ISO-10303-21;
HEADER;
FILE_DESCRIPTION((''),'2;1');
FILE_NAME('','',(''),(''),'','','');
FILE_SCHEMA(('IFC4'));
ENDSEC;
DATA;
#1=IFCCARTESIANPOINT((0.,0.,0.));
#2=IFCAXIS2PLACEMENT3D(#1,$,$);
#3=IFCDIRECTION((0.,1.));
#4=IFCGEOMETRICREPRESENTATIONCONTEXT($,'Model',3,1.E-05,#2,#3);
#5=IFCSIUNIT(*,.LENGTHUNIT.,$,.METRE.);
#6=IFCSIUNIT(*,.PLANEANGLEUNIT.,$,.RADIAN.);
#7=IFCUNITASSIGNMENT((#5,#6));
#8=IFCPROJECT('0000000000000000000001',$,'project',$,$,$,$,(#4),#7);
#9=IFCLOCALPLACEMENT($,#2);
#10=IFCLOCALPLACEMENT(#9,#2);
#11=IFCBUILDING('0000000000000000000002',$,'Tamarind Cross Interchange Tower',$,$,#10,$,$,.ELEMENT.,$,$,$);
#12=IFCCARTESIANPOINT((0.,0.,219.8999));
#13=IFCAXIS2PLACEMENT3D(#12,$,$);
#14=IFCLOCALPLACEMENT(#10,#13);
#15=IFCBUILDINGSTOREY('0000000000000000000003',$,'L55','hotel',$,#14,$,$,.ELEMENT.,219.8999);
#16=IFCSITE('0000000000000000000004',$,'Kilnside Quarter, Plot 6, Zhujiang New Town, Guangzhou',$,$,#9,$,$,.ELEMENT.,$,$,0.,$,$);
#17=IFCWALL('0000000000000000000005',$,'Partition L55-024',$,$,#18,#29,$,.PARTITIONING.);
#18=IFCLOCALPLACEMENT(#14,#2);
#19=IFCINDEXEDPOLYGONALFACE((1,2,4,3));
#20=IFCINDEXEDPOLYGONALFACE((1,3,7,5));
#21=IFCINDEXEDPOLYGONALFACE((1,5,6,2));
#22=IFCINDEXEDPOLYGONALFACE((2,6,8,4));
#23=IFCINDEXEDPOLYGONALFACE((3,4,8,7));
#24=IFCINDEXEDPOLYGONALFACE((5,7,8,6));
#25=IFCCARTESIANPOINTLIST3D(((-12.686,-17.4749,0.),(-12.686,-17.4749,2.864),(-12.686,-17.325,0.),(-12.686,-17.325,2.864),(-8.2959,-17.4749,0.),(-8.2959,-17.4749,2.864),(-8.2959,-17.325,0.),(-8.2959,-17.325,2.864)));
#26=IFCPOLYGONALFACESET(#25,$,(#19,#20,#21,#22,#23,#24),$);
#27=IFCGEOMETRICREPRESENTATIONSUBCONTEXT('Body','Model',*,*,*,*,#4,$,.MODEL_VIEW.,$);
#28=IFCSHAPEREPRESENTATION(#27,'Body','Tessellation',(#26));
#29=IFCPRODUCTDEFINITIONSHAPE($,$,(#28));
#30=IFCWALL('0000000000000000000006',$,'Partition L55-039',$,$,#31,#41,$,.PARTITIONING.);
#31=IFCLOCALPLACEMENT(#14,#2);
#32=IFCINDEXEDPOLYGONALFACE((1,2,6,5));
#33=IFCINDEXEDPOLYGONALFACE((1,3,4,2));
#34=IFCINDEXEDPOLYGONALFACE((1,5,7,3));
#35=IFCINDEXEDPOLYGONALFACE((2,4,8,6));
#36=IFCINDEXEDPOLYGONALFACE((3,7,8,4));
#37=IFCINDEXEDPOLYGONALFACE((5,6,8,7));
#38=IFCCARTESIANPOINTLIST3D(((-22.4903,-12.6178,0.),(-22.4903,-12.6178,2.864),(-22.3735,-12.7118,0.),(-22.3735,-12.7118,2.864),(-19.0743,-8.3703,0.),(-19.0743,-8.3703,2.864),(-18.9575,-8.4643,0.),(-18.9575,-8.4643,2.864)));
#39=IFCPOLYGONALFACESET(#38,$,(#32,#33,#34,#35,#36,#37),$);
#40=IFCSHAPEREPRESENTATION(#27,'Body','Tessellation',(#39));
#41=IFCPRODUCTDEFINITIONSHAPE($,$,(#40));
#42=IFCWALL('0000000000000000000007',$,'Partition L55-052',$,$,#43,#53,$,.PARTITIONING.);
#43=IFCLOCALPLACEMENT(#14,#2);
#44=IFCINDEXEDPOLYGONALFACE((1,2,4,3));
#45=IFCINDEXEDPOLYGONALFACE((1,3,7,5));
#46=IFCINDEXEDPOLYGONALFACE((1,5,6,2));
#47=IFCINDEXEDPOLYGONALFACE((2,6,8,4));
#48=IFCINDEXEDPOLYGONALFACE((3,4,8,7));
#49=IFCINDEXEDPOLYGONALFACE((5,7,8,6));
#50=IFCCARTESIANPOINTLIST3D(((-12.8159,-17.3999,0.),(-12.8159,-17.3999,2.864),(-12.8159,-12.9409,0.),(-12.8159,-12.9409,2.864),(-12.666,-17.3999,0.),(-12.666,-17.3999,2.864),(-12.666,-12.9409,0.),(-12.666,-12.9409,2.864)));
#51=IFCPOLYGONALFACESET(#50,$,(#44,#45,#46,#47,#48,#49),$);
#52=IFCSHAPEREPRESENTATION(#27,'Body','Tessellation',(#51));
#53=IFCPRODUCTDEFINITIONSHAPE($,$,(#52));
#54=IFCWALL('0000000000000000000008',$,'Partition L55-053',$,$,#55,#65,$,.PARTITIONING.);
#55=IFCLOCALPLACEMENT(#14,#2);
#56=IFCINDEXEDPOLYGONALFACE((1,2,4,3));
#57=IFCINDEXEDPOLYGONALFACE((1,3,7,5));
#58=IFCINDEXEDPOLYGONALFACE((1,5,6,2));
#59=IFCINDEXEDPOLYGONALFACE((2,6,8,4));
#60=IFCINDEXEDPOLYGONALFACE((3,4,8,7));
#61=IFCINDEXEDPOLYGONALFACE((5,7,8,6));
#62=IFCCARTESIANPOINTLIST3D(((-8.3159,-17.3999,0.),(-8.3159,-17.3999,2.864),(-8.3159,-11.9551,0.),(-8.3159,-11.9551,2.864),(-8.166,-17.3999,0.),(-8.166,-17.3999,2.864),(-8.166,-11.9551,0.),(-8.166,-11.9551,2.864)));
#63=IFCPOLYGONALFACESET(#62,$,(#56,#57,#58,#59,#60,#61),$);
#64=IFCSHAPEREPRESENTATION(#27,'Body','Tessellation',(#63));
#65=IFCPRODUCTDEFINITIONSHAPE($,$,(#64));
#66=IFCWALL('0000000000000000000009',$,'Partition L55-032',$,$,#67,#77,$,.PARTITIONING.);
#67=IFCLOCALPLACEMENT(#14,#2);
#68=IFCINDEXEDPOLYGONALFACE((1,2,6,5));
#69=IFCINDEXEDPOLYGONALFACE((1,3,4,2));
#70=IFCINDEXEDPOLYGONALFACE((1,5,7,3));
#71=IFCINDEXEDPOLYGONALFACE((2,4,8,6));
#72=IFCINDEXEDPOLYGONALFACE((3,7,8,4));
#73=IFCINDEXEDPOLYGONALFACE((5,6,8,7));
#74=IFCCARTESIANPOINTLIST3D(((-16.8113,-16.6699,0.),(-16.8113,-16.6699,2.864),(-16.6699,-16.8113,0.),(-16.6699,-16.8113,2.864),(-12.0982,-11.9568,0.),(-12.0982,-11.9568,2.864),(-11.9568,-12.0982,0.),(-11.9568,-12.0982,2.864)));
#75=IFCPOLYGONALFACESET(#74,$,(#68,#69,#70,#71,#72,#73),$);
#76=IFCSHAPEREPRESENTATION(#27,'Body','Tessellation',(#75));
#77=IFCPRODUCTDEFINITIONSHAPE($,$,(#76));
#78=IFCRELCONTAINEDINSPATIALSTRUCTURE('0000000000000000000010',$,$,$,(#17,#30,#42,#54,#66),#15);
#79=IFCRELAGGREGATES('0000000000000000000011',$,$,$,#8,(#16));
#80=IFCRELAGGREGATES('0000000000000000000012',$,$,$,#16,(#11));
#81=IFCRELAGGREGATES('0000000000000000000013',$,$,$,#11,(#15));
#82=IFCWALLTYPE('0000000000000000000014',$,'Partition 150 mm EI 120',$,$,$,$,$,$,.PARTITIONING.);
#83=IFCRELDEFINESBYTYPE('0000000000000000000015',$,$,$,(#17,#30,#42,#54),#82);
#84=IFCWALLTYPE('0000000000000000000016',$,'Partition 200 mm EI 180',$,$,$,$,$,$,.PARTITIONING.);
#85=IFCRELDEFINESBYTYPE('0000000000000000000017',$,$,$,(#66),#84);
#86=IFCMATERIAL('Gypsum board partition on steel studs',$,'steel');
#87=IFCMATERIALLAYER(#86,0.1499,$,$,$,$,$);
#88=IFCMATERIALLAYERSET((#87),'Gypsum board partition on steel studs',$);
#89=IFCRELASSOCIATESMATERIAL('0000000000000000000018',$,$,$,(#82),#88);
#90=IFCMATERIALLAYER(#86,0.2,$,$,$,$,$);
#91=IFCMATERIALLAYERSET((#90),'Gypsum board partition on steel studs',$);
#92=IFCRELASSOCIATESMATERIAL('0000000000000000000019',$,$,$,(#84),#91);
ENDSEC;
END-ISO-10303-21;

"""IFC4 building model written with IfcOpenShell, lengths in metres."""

from ifc_helpers import new_model, si_unit, direction, frame, frame_2d, origin, place, context, subcontext, project, spatial, rectangle, extrude, material, layer, layer_set, type_object, element, save


model = new_model("IFC4")

# Units and contexts
model_context = context("Model", 3, precision=1e-05, world=origin(), true_north=direction((0.0, 1.0)))
body_context = subcontext(model_context, "Body", "Model", "MODEL_VIEW")
ifc_project = project(units=[si_unit("LENGTHUNIT", "METRE"), si_unit("PLANEANGLEUNIT", "RADIAN")], contexts=[model_context])

# Site, building, storey
site_placement = place(None, origin())
site = spatial("IfcSite", under=ifc_project, at=site_placement, Name="Kilnside Quarter, Plot 6, Zhujiang New Town, Guangzhou", CompositionType="ELEMENT", RefElevation=0.0)
building_placement = place(site_placement, origin())
building = spatial("IfcBuilding", under=site, at=building_placement, Name="Tamarind Cross Interchange Tower", CompositionType="ELEMENT")
storey_placement = place(building_placement, frame((0.0, 0.0, 219.8999)))
storey = spatial("IfcBuildingStorey", under=building, at=storey_placement, Name="L55", Description="hotel", CompositionType="ELEMENT", Elevation=219.8999)

# Walls
ifc_material_1 = material(Name="Gypsum board partition on steel studs", Category="steel")
ifc_layer_1 = layer(ifc_material_1, 0.1499)
ifc_layer_set_1 = layer_set([ifc_layer_1], Name="Gypsum board partition on steel studs")
wall_type_1 = type_object("IfcWallType", Name="Partition 150 mm EI 120", PredefinedType="PARTITIONING", material=ifc_layer_set_1)
wall_1_placement = place(storey_placement, frame((-12.686, -17.3999, 0.0), z_axis=(0.0, 0.0, 1.0), x_axis=(1.0, 0.0, 0.0)))
element("IfcWall", 1, at=wall_1_placement, inside=storey, type_object=wall_type_1, Name="Partition L55-024", PredefinedType="PARTITIONING", context=body_context, shape_type="SweptSolid", body=[
    extrude(rectangle(XDim=4.3901, YDim=0.1499, at=frame_2d((2.1951, 0.0))), origin(), (0.0, 0.0, 1.0), 2.864),
])
wall_2_placement = place(storey_placement, frame((-22.4319, -12.6648, 0.0), z_axis=(0.0, 0.0, 1.0), x_axis=(0.626703, 0.779258, 0.0)))
element("IfcWall", 2, at=wall_2_placement, inside=storey, type_object=wall_type_1, Name="Partition L55-039", PredefinedType="PARTITIONING", context=body_context, shape_type="SweptSolid", body=[
    extrude(rectangle(XDim=5.4507, YDim=0.1499, at=frame_2d((2.7253, 0.0))), origin(), (0.0, 0.0, 1.0), 2.864),
])
wall_3_placement = place(storey_placement, frame((-12.741, -17.3999, 0.0), z_axis=(0.0, 0.0, 1.0), x_axis=(0.0, 1.0, 0.0)))
element("IfcWall", 3, at=wall_3_placement, inside=storey, type_object=wall_type_1, Name="Partition L55-052", PredefinedType="PARTITIONING", context=body_context, shape_type="SweptSolid", body=[
    extrude(rectangle(XDim=4.459, YDim=0.1499, at=frame_2d((2.2295, 0.0))), origin(), (0.0, 0.0, 1.0), 2.864),
])
wall_4_placement = place(storey_placement, frame((-8.241, -17.3999, 0.0), z_axis=(0.0, 0.0, 1.0), x_axis=(0.0, 1.0, 0.0)))
element("IfcWall", 4, at=wall_4_placement, inside=storey, type_object=wall_type_1, Name="Partition L55-053", PredefinedType="PARTITIONING", context=body_context, shape_type="SweptSolid", body=[
    extrude(rectangle(XDim=5.4448, YDim=0.1499, at=frame_2d((2.7224, 0.0))), origin(), (0.0, 0.0, 1.0), 2.864),
])
ifc_layer_2 = layer(ifc_material_1, 0.2)
ifc_layer_set_2 = layer_set([ifc_layer_2], Name="Gypsum board partition on steel studs")
wall_type_2 = type_object("IfcWallType", Name="Partition 200 mm EI 180", PredefinedType="PARTITIONING", material=ifc_layer_set_2)
wall_5_placement = place(storey_placement, frame((-16.7405, -16.7405, 0.0), z_axis=(0.0, 0.0, 1.0), x_axis=(0.707107, 0.707107, 0.0)))
element("IfcWall", 5, at=wall_5_placement, inside=storey, type_object=wall_type_2, Name="Partition L55-032", PredefinedType="PARTITIONING", context=body_context, shape_type="SweptSolid", body=[
    extrude(rectangle(XDim=6.6653, YDim=0.2, at=frame_2d((3.3325, 0.0))), origin(), (0.0, 0.0, 1.0), 2.864),
])

save(model, "model.ifc")
